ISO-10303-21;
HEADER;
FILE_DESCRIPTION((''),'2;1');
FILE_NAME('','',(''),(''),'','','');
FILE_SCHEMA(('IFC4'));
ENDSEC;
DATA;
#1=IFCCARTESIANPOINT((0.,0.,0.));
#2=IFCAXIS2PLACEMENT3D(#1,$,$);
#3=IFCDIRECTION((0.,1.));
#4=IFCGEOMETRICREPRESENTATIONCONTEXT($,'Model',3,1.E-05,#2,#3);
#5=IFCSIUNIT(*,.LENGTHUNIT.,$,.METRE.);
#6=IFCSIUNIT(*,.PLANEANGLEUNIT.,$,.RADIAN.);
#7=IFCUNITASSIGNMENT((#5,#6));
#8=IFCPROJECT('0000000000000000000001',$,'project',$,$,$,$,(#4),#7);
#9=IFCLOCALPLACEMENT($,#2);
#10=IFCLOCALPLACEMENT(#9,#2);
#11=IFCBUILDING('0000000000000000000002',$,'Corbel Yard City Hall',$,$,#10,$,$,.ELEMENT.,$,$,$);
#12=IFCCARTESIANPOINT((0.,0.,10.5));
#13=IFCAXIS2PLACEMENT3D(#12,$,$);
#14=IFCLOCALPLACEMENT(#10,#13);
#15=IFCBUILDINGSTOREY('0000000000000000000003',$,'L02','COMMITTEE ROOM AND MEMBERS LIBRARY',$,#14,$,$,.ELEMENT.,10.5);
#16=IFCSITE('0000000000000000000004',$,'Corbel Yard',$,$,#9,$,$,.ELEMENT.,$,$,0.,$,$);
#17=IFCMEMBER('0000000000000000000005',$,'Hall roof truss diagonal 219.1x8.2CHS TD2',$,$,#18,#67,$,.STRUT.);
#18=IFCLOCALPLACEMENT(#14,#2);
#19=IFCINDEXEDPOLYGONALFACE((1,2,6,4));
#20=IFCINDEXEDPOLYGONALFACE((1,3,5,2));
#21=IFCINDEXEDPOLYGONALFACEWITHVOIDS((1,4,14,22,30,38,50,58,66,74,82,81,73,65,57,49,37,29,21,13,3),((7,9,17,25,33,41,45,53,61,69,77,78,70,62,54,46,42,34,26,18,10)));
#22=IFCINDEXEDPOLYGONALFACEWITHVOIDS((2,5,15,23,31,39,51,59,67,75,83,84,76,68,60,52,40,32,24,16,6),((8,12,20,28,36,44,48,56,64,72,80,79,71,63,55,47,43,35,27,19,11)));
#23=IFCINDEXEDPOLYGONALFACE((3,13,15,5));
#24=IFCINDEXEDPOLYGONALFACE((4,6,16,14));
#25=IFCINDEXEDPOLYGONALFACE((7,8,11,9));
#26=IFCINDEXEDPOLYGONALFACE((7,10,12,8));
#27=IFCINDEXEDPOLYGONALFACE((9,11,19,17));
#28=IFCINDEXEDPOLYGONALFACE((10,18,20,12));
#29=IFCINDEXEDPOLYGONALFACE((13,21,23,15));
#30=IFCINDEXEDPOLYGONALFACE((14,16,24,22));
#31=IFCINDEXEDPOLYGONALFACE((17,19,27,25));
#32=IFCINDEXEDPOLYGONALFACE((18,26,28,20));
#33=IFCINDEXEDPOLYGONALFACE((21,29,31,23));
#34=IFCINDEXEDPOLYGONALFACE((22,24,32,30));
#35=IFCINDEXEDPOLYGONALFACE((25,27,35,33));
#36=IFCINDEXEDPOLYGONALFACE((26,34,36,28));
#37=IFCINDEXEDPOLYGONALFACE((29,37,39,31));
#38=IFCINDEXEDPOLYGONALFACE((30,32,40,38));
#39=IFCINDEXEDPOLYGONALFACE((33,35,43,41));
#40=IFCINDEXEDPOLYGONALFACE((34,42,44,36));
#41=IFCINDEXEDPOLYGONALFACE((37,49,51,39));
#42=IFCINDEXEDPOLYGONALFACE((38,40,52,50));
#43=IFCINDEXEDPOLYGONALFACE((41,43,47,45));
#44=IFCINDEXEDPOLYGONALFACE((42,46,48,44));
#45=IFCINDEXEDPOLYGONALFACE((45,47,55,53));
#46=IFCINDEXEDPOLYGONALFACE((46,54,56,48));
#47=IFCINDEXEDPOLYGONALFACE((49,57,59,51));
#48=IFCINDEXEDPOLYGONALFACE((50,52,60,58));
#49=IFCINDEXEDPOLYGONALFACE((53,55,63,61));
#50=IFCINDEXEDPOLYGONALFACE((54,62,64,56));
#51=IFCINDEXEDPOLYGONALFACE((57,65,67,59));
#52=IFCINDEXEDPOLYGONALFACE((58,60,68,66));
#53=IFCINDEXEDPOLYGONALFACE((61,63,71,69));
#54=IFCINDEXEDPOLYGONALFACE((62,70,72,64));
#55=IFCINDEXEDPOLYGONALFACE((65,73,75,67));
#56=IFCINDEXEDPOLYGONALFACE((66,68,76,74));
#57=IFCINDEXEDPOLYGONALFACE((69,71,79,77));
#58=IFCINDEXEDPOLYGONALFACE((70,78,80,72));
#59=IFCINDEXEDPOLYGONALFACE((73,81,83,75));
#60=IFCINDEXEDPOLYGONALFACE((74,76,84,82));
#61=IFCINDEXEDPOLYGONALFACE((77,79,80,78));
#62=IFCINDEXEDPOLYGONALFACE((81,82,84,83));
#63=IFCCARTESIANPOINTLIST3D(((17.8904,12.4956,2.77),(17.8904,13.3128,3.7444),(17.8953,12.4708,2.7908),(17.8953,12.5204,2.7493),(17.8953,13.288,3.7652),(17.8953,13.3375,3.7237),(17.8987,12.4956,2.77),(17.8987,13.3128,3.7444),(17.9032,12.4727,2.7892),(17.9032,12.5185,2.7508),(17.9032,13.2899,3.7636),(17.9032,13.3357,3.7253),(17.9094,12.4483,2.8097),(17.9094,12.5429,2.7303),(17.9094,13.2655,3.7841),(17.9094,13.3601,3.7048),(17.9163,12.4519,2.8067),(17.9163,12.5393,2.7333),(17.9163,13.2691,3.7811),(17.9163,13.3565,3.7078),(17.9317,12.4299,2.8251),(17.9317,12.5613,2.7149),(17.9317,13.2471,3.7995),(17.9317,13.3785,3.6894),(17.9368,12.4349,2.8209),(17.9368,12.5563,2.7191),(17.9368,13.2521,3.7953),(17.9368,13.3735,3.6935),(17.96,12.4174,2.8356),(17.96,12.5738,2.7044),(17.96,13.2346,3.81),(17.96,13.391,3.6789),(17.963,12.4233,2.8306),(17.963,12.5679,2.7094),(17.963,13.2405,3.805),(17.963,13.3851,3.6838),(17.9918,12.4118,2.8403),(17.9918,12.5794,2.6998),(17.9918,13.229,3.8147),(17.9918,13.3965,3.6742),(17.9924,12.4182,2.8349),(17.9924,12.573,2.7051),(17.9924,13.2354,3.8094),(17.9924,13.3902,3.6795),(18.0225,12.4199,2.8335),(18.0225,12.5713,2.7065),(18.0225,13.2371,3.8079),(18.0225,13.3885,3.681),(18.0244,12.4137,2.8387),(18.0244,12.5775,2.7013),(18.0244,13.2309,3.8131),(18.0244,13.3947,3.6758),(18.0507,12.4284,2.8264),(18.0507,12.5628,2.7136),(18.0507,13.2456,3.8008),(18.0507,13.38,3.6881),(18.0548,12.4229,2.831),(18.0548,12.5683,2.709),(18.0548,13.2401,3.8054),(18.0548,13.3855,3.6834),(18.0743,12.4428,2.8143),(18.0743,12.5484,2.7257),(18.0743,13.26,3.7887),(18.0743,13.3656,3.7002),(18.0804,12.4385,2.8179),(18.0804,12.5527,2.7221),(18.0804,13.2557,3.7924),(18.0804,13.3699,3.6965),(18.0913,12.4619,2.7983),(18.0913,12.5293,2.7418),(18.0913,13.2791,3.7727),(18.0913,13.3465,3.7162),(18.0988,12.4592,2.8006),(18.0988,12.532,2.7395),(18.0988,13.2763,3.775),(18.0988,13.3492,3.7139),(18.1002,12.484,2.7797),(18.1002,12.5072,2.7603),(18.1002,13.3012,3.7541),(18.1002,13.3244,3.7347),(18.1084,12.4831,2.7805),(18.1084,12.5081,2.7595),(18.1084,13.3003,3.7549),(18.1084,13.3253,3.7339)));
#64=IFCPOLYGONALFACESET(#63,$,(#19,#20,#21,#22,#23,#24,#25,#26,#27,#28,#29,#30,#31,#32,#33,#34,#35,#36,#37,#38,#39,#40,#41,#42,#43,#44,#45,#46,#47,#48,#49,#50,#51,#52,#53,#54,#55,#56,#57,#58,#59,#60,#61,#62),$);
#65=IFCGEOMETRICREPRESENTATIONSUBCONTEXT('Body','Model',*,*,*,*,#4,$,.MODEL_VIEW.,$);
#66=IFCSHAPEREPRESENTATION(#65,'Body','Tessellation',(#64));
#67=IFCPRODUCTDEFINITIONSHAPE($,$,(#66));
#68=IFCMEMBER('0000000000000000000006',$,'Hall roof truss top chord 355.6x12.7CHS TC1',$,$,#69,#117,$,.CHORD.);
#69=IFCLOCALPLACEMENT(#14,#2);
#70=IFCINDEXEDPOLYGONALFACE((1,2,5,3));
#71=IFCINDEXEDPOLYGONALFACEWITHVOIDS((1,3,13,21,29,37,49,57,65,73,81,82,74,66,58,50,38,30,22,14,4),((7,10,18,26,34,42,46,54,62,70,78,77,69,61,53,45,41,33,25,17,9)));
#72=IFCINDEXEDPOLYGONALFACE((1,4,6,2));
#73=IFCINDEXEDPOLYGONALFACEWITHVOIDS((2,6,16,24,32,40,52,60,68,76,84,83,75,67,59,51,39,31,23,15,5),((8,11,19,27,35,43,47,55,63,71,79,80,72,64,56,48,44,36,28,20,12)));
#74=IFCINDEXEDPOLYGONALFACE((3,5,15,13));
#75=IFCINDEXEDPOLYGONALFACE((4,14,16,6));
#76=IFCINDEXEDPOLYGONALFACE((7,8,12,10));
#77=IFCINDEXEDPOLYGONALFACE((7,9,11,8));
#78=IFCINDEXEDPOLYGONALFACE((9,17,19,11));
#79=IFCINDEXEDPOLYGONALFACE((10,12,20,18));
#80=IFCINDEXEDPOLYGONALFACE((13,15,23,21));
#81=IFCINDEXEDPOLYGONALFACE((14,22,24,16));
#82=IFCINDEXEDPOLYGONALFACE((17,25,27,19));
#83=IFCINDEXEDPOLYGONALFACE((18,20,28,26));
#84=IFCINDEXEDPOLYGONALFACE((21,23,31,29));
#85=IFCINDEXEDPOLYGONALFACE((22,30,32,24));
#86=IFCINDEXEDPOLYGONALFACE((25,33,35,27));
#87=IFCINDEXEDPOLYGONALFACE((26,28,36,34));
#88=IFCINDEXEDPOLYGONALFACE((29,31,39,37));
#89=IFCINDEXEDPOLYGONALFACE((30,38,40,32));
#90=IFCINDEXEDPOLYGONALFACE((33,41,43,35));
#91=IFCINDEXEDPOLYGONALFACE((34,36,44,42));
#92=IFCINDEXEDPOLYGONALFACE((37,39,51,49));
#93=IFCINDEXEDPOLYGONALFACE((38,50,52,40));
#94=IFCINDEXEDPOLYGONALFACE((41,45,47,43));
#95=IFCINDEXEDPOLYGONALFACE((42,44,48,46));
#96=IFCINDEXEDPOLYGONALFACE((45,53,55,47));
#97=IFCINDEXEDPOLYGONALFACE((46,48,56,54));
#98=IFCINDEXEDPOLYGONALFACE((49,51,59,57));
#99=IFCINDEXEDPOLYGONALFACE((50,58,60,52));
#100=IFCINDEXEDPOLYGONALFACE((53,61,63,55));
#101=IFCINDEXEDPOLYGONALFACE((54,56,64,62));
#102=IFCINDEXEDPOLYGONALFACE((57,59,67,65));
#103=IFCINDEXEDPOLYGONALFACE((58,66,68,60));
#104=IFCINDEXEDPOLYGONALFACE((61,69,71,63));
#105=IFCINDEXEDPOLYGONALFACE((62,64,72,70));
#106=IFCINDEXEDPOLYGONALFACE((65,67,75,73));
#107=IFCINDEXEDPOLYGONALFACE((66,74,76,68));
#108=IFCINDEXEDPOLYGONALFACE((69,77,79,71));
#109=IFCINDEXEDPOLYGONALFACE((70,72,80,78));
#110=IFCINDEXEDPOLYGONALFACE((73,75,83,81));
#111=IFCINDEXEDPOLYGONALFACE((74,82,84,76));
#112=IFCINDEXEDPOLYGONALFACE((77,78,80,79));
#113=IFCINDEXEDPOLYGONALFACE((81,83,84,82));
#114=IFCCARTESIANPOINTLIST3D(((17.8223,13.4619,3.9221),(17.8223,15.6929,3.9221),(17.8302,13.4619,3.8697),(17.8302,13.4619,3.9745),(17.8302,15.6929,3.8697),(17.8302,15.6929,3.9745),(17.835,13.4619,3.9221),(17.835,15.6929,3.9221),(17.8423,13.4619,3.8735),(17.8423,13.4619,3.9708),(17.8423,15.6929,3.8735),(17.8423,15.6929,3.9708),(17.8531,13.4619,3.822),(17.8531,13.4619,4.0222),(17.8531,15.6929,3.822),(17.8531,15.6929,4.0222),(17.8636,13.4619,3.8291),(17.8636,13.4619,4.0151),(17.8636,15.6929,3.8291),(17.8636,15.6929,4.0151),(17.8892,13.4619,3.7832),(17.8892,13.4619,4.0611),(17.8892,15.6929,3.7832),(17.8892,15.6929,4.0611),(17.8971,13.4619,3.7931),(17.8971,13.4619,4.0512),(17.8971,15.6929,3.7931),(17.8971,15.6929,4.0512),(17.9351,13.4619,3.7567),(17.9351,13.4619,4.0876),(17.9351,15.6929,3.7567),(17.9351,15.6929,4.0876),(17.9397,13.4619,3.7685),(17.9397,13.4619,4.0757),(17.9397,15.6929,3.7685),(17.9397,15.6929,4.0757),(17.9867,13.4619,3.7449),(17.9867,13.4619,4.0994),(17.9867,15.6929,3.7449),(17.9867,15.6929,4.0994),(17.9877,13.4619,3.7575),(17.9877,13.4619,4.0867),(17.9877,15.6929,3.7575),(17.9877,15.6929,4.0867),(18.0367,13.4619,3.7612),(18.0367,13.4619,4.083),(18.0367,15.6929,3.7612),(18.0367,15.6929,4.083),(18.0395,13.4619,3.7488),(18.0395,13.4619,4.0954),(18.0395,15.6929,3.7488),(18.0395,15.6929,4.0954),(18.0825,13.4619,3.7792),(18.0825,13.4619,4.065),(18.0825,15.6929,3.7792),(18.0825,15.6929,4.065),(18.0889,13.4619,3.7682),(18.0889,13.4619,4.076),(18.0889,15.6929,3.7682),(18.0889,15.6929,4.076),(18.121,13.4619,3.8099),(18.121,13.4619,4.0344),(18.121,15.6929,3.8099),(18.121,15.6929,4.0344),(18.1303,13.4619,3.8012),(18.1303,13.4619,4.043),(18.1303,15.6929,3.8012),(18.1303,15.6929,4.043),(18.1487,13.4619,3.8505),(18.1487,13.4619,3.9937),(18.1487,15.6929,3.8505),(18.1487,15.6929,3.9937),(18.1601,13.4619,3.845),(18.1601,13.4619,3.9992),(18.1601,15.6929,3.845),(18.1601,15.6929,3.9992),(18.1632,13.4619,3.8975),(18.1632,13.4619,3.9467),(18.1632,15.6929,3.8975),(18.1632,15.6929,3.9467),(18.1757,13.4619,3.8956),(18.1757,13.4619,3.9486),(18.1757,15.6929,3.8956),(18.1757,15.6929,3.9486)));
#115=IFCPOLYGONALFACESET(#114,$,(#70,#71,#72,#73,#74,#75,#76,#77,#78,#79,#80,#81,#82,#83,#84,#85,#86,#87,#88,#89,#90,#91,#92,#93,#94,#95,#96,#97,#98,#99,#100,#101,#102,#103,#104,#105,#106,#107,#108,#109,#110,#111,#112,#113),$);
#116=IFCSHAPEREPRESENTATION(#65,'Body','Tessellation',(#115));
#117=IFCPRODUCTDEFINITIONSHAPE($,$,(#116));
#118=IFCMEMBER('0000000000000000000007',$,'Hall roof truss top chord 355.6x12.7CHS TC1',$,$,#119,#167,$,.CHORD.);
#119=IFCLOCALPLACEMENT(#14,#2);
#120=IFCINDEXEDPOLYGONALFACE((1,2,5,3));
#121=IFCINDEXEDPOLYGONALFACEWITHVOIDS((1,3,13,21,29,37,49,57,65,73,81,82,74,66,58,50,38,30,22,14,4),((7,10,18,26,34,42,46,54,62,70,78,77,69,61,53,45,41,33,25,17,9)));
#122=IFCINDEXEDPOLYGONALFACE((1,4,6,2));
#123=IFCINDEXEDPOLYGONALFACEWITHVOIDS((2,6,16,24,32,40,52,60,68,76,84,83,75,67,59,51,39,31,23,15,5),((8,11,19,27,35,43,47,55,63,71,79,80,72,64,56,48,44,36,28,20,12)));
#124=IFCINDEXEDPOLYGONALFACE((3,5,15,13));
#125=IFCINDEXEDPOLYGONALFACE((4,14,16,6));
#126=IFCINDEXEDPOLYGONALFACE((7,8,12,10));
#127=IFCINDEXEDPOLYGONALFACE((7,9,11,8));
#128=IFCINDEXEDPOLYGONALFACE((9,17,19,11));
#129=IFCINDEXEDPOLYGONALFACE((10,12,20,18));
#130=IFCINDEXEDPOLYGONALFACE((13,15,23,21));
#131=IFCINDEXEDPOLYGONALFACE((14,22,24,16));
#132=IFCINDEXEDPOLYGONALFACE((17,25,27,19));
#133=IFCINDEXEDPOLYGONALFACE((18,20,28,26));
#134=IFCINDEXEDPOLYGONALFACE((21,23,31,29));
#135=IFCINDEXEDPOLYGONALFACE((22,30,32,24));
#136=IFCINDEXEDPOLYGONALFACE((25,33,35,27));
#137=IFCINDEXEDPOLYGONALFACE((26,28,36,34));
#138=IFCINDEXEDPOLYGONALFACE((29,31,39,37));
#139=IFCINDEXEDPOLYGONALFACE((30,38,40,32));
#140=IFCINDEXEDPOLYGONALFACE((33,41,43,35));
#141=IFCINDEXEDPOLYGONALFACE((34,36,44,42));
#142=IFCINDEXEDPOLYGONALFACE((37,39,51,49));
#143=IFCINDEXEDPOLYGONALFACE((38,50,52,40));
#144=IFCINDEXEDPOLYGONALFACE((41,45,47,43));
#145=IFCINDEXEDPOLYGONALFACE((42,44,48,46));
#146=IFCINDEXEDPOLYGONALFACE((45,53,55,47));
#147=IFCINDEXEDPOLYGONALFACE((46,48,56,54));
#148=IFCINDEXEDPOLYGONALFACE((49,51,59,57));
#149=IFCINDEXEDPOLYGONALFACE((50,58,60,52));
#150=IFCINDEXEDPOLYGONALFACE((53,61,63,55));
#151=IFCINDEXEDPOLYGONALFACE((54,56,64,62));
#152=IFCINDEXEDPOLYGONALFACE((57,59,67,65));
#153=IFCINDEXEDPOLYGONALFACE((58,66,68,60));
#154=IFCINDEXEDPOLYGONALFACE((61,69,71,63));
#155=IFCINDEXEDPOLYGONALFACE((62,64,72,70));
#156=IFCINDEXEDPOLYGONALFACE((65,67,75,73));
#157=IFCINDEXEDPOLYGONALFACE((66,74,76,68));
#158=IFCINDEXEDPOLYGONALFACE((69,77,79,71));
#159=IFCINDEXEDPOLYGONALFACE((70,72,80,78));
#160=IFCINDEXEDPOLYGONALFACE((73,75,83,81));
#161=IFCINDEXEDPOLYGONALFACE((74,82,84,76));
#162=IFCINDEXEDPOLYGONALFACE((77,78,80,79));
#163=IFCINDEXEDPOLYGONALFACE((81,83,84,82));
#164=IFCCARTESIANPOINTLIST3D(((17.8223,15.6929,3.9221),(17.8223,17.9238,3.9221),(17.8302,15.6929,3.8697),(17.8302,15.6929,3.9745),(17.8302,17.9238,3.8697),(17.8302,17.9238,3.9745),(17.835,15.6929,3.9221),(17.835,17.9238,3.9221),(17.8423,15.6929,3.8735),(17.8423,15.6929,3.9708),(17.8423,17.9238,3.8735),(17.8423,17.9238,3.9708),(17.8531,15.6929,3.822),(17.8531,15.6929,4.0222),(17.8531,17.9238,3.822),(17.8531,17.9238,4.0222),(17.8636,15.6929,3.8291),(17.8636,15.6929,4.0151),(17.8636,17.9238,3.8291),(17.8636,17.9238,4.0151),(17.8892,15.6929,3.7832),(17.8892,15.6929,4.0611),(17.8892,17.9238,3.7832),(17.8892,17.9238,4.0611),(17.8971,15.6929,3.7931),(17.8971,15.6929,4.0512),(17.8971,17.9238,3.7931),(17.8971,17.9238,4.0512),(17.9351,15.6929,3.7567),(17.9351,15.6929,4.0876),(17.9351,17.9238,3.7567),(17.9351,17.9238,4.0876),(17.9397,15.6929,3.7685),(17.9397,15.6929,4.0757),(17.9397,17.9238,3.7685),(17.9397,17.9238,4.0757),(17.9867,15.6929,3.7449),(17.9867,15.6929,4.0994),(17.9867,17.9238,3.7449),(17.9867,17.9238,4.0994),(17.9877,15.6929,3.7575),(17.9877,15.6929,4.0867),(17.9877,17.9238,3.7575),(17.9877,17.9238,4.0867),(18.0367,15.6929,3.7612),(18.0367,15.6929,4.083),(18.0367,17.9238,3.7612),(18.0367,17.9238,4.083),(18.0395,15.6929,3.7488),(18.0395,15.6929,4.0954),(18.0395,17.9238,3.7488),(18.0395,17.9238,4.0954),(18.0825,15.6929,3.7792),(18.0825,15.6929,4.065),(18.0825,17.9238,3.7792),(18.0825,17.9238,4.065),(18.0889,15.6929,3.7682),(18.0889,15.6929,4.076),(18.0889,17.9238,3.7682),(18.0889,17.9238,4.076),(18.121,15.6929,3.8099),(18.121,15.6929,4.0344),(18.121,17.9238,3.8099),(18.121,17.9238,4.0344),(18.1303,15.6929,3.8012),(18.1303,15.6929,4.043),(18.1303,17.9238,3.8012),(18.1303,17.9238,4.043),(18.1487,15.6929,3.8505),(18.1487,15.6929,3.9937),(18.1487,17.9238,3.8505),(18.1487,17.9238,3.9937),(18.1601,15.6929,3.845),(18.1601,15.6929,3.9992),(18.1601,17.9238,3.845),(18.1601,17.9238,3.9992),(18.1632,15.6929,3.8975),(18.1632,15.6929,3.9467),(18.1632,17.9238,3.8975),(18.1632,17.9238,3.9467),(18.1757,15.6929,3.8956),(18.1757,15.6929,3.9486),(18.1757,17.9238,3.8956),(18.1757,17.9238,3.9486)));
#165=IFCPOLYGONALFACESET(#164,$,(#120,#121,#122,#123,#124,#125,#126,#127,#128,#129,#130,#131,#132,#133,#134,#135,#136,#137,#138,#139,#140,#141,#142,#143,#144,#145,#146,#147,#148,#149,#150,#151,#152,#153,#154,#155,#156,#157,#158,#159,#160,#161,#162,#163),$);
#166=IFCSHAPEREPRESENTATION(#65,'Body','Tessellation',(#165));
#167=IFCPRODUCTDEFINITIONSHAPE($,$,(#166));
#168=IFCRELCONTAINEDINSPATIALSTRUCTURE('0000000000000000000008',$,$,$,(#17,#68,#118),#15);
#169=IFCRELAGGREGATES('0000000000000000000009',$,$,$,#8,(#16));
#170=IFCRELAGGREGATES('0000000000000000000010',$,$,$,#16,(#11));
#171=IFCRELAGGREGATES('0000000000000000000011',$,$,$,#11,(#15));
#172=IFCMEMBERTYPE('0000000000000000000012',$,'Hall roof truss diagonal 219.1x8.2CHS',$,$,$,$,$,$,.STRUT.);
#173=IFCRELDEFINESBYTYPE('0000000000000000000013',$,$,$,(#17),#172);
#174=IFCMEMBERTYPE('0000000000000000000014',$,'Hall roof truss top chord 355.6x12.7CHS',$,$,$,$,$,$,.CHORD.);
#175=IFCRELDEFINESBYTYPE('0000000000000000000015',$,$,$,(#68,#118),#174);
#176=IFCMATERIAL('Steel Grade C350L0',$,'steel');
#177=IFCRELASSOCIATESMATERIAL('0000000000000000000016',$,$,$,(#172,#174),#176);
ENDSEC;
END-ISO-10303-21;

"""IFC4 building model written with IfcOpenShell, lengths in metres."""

from ifc_helpers import new_model, si_unit, direction, frame, origin, origin_2d, place, context, subcontext, project, spatial, hollow_circle, extrude, material, material_profile, profile_set, type_object, element, save


model = new_model("IFC4")

# Units and contexts
model_context = context("Model", 3, precision=1e-05, world=origin(), true_north=direction((0.0, 1.0)))
body_context = subcontext(model_context, "Body", "Model", "MODEL_VIEW")
ifc_project = project(units=[si_unit("LENGTHUNIT", "METRE"), si_unit("PLANEANGLEUNIT", "RADIAN")], contexts=[model_context])

# Site, building, storey
site_placement = place(None, origin())
site = spatial("IfcSite", under=ifc_project, at=site_placement, Name="Corbel Yard", CompositionType="ELEMENT", RefElevation=0.0)
building_placement = place(site_placement, origin())
building = spatial("IfcBuilding", under=site, at=building_placement, Name="Corbel Yard City Hall", CompositionType="ELEMENT")
storey_placement = place(building_placement, frame((0.0, 0.0, 10.5)))
storey = spatial("IfcBuildingStorey", under=building, at=storey_placement, Name="L02", Description="COMMITTEE ROOM AND MEMBERS LIBRARY", CompositionType="ELEMENT", Elevation=10.5)

# Members
ifc_material_1 = material(Name="Steel Grade C350L0", Category="steel")
ifc_material_profile_1 = material_profile(ifc_material_1, hollow_circle(Radius=0.1096, WallThickness=0.0083, at=origin_2d()), Name="219.1x8.2CHS")
ifc_profile_set_1 = profile_set([ifc_material_profile_1], Name="Steel Grade C350L0")
member_type_1 = type_object("IfcMemberType", Name="Hall roof truss diagonal 219.1x8.2CHS", PredefinedType="STRUT", material=ifc_profile_set_1)
for number, where, z_axis, x_axis, name in (
    (1, (18.0, 12.4956, 2.77), (0.0, 0.64258, 0.766219), (-1.0, 0.0, 0.0), "Hall roof truss diagonal 219.1x8.2CHS TD2"),
):
    element("IfcMember", number, at=place(storey_placement, frame(where, z_axis=z_axis, x_axis=x_axis)), inside=storey, type_object=member_type_1, Name=name, PredefinedType="STRUT", context=body_context, shape_type="SweptSolid", body=[
        extrude(hollow_circle(Radius=0.1096, WallThickness=0.0083, at=origin_2d()), origin(), (0.0, 0.0, 1.0), 1.2717),
    ])
ifc_material_profile_2 = material_profile(ifc_material_1, hollow_circle(Radius=0.1777, WallThickness=0.0127, at=origin_2d()), Name="355.6x12.7CHS")
ifc_profile_set_2 = profile_set([ifc_material_profile_2], Name="Steel Grade C350L0")
member_type_2 = type_object("IfcMemberType", Name="Hall roof truss top chord 355.6x12.7CHS", PredefinedType="CHORD", material=ifc_profile_set_2)
for number, where, z_axis, x_axis, name in (
    (2, (18.0, 13.4619, 3.9221), (0.0, 1.0, 0.0), (-1.0, 0.0, 0.0), "Hall roof truss top chord 355.6x12.7CHS TC1"),
    (3, (18.0, 15.6929, 3.9221), (0.0, 1.0, 0.0), (-1.0, 0.0, 0.0), "Hall roof truss top chord 355.6x12.7CHS TC1"),
):
    element("IfcMember", number, at=place(storey_placement, frame(where, z_axis=z_axis, x_axis=x_axis)), inside=storey, type_object=member_type_2, Name=name, PredefinedType="CHORD", context=body_context, shape_type="SweptSolid", body=[
        extrude(hollow_circle(Radius=0.1777, WallThickness=0.0127, at=origin_2d()), origin(), (0.0, 0.0, 1.0), 2.231),
    ])

save(model, "model.ifc")
